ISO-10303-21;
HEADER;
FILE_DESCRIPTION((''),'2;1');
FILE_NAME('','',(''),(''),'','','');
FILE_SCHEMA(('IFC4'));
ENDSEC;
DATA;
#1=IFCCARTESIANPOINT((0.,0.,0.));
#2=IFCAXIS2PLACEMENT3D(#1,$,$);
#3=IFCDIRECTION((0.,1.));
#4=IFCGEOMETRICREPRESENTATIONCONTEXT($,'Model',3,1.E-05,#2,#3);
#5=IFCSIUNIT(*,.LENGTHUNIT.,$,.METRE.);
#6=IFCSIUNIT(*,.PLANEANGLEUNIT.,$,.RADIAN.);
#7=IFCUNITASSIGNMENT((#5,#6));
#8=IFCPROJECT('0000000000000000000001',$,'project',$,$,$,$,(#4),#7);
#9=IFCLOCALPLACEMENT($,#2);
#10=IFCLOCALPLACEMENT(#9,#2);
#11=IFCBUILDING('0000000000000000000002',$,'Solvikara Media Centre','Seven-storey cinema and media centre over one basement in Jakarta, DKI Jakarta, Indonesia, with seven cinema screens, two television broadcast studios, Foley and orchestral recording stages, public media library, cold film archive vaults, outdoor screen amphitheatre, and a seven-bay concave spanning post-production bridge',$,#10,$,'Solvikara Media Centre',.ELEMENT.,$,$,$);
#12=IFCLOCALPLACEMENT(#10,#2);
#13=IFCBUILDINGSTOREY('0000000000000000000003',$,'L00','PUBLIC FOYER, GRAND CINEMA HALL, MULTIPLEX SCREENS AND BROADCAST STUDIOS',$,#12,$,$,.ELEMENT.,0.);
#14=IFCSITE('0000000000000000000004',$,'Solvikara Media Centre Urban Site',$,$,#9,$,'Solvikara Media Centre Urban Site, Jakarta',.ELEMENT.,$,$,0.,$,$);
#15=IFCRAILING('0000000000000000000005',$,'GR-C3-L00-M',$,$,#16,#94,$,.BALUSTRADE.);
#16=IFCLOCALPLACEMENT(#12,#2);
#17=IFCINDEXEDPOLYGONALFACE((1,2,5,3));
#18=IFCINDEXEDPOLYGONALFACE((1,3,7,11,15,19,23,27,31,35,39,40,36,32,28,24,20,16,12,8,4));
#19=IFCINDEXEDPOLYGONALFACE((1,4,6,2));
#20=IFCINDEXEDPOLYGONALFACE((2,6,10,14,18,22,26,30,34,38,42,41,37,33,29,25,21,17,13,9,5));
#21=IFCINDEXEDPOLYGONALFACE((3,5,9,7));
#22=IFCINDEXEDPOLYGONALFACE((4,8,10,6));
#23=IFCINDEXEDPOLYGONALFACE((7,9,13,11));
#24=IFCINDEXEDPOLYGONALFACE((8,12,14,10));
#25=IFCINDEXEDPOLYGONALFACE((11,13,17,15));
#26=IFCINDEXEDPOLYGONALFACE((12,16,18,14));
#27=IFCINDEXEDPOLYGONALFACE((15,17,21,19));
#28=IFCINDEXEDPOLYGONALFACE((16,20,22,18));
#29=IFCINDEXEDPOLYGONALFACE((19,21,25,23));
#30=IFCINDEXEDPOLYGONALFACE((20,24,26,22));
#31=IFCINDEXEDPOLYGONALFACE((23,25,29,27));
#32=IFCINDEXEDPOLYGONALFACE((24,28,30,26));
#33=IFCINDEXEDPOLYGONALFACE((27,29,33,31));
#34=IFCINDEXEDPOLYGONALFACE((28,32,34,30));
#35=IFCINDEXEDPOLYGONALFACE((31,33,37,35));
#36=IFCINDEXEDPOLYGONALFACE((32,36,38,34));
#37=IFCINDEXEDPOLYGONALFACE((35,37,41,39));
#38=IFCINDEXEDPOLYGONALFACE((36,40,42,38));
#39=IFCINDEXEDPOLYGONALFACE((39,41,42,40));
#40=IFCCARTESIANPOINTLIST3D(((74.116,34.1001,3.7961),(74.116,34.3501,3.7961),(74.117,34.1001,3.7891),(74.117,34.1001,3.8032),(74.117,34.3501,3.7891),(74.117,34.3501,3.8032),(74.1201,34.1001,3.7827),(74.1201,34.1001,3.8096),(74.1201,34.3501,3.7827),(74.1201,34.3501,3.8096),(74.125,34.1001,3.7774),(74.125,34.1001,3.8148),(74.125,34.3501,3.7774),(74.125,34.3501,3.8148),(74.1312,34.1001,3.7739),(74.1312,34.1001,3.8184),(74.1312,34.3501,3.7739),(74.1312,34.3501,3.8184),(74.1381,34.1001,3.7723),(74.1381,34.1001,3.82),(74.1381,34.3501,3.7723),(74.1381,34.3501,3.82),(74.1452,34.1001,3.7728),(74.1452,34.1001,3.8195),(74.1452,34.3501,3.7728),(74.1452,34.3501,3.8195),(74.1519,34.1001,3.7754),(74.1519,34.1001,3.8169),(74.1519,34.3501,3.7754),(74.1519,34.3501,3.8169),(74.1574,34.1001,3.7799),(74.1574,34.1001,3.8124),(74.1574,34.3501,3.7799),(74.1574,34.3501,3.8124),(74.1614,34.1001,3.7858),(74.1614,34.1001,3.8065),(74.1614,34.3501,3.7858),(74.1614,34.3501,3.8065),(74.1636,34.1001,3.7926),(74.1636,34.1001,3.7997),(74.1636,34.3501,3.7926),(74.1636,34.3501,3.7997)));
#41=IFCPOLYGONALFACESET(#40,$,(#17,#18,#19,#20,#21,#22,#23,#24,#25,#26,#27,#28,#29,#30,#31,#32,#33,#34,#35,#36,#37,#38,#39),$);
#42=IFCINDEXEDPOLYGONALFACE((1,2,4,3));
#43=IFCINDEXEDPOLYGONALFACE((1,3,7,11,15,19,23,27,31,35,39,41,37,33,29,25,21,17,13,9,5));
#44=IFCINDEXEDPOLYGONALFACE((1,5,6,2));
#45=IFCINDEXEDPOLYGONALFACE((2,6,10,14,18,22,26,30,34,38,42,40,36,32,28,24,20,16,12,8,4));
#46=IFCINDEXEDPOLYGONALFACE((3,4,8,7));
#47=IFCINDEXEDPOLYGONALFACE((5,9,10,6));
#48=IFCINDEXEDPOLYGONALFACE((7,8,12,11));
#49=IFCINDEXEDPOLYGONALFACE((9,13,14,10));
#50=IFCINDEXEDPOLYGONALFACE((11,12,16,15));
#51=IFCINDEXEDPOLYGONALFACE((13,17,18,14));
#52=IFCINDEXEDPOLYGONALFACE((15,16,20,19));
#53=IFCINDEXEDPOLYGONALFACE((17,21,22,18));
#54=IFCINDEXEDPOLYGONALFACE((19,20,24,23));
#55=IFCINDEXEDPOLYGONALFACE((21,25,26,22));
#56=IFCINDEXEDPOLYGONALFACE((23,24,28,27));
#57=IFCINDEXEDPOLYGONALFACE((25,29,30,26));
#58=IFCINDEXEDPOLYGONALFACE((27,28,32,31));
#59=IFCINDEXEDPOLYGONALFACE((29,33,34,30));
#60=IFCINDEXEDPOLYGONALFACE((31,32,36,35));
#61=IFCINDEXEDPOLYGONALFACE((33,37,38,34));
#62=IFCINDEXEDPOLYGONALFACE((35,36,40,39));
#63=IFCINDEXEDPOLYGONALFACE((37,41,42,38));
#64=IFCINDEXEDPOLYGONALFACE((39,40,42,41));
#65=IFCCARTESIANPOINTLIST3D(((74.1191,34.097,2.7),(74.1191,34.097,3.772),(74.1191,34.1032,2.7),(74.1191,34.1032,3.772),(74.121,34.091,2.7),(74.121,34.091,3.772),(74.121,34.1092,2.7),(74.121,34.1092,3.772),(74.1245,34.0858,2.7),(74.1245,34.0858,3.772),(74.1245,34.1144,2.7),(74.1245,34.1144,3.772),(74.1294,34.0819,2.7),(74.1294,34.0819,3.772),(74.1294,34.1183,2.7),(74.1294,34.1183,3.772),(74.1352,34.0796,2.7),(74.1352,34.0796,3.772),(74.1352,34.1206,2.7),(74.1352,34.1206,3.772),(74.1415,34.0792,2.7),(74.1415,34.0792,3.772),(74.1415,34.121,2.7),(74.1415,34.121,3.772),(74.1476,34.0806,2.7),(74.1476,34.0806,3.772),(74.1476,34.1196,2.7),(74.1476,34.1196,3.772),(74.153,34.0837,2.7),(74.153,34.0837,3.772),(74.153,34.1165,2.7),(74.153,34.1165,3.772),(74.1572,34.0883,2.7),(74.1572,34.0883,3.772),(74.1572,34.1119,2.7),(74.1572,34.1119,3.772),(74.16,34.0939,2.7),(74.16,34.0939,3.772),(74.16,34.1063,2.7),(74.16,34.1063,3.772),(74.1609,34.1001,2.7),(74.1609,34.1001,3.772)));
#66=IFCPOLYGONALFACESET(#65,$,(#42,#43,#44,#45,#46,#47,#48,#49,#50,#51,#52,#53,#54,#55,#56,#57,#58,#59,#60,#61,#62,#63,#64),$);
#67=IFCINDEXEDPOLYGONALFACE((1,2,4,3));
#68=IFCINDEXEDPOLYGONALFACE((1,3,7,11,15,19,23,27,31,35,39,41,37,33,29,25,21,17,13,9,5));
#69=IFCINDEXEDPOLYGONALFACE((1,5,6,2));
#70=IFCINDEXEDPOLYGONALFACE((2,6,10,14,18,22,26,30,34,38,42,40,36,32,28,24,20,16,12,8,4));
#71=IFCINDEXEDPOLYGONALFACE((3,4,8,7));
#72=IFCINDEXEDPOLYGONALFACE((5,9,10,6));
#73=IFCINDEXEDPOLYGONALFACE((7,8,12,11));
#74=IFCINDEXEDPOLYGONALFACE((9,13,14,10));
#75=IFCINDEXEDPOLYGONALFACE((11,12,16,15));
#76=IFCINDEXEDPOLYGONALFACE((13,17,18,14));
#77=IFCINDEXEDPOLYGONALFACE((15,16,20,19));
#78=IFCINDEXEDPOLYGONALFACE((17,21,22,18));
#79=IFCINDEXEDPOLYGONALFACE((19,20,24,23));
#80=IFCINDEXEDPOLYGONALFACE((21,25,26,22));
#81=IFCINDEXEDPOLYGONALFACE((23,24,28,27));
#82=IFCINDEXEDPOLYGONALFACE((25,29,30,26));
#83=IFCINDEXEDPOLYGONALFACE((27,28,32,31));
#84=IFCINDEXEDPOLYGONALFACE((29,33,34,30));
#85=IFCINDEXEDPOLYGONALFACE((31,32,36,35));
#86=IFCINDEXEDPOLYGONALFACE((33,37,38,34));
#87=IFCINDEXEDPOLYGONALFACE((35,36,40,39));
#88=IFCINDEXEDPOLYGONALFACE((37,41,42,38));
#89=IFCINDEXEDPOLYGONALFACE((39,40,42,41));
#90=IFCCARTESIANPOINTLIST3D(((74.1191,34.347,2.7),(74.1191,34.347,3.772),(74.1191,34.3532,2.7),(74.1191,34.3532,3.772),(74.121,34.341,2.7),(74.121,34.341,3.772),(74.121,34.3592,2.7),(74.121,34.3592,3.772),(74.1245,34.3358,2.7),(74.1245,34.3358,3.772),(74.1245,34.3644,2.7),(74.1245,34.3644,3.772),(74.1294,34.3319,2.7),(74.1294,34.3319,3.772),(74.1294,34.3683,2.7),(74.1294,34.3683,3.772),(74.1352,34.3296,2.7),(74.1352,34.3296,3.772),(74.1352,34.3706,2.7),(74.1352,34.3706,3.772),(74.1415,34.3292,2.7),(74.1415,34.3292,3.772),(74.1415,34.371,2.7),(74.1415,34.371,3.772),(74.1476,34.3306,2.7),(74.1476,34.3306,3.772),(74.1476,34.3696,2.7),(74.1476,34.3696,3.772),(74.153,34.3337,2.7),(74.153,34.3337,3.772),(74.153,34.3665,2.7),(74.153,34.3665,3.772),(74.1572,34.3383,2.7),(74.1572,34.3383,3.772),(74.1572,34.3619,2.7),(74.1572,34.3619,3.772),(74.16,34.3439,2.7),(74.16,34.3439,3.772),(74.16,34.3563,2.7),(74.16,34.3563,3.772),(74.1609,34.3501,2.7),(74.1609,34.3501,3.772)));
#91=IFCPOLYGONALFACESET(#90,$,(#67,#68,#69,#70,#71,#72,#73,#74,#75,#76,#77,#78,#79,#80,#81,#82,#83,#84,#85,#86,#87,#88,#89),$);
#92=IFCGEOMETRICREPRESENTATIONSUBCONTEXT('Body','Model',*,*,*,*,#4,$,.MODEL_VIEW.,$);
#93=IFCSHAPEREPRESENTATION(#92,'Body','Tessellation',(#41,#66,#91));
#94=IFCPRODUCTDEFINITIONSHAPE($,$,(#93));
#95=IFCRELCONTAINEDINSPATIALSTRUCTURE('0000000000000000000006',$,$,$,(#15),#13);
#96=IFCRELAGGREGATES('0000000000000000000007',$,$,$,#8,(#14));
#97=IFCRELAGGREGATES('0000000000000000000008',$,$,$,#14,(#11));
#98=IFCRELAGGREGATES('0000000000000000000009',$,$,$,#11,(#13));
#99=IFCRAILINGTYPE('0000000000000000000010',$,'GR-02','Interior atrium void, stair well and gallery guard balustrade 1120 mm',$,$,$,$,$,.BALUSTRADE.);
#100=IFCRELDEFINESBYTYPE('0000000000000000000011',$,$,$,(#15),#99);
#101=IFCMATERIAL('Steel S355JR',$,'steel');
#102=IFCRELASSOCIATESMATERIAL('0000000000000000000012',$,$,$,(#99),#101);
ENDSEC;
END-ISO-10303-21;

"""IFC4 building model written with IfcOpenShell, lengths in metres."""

from ifc_helpers import new_model, si_unit, direction, frame, origin, origin_2d, place, context, subcontext, project, spatial, circle, extrude, material, type_object, element, save


model = new_model("IFC4")

# Units and contexts
model_context = context("Model", 3, precision=1e-05, world=origin(), true_north=direction((0.0, 1.0)))
body_context = subcontext(model_context, "Body", "Model", "MODEL_VIEW")
ifc_project = project(units=[si_unit("LENGTHUNIT", "METRE"), si_unit("PLANEANGLEUNIT", "RADIAN")], contexts=[model_context])

# Site, building, storey
site_placement = place(None, origin())
site = spatial("IfcSite", under=ifc_project, at=site_placement, Name="Solvikara Media Centre Urban Site", LongName="Solvikara Media Centre Urban Site, Jakarta", CompositionType="ELEMENT", RefElevation=0.0)
building_placement = place(site_placement, origin())
building = spatial("IfcBuilding", under=site, at=building_placement, Name="Solvikara Media Centre", Description="Seven-storey cinema and media centre over one basement in Jakarta, DKI Jakarta, Indonesia, with seven cinema screens, two television broadcast studios, Foley and orchestral recording stages, public media library, cold film archive vaults, outdoor screen amphitheatre, and a seven-bay concave spanning post-production bridge", LongName="Solvikara Media Centre", CompositionType="ELEMENT")
storey_placement = place(building_placement, origin())
storey = spatial("IfcBuildingStorey", under=building, at=storey_placement, Name="L00", Description="PUBLIC FOYER, GRAND CINEMA HALL, MULTIPLEX SCREENS AND BROADCAST STUDIOS", CompositionType="ELEMENT", Elevation=0.0)

# Shared definitions
ifc_material_1 = material(Name="Steel S355JR", Category="steel")

# Railing
railing_type_1 = type_object("IfcRailingType", Name="GR-02", Description="Interior atrium void, stair well and gallery guard balustrade 1120 mm", PredefinedType="BALUSTRADE", material=ifc_material_1)
railing_1_placement = place(storey_placement, frame((74.1399, 34.1001, 2.7)))
element("IfcRailing", 1, at=railing_1_placement, inside=storey, type_object=railing_type_1, Name="GR-C3-L00-M", PredefinedType="BALUSTRADE", context=body_context, shape_type="SweptSolid", body=[
    extrude(circle(Radius=0.0239, at=origin_2d()), frame((0.0, 0.0, 1.0962), z_axis=(0.0, 1.0, 0.0), x_axis=(-1.0, 0.0, 0.0)), (0.0, 0.0, 1.0), 0.25),
    extrude(circle(Radius=0.021, at=origin_2d()), origin(), (0.0, 0.0, 1.0), 1.072),
    extrude(circle(Radius=0.021, at=origin_2d()), frame((0.0, 0.25, 0.0)), (0.0, 0.0, 1.0), 1.072),
])

save(model, "model.ifc")
